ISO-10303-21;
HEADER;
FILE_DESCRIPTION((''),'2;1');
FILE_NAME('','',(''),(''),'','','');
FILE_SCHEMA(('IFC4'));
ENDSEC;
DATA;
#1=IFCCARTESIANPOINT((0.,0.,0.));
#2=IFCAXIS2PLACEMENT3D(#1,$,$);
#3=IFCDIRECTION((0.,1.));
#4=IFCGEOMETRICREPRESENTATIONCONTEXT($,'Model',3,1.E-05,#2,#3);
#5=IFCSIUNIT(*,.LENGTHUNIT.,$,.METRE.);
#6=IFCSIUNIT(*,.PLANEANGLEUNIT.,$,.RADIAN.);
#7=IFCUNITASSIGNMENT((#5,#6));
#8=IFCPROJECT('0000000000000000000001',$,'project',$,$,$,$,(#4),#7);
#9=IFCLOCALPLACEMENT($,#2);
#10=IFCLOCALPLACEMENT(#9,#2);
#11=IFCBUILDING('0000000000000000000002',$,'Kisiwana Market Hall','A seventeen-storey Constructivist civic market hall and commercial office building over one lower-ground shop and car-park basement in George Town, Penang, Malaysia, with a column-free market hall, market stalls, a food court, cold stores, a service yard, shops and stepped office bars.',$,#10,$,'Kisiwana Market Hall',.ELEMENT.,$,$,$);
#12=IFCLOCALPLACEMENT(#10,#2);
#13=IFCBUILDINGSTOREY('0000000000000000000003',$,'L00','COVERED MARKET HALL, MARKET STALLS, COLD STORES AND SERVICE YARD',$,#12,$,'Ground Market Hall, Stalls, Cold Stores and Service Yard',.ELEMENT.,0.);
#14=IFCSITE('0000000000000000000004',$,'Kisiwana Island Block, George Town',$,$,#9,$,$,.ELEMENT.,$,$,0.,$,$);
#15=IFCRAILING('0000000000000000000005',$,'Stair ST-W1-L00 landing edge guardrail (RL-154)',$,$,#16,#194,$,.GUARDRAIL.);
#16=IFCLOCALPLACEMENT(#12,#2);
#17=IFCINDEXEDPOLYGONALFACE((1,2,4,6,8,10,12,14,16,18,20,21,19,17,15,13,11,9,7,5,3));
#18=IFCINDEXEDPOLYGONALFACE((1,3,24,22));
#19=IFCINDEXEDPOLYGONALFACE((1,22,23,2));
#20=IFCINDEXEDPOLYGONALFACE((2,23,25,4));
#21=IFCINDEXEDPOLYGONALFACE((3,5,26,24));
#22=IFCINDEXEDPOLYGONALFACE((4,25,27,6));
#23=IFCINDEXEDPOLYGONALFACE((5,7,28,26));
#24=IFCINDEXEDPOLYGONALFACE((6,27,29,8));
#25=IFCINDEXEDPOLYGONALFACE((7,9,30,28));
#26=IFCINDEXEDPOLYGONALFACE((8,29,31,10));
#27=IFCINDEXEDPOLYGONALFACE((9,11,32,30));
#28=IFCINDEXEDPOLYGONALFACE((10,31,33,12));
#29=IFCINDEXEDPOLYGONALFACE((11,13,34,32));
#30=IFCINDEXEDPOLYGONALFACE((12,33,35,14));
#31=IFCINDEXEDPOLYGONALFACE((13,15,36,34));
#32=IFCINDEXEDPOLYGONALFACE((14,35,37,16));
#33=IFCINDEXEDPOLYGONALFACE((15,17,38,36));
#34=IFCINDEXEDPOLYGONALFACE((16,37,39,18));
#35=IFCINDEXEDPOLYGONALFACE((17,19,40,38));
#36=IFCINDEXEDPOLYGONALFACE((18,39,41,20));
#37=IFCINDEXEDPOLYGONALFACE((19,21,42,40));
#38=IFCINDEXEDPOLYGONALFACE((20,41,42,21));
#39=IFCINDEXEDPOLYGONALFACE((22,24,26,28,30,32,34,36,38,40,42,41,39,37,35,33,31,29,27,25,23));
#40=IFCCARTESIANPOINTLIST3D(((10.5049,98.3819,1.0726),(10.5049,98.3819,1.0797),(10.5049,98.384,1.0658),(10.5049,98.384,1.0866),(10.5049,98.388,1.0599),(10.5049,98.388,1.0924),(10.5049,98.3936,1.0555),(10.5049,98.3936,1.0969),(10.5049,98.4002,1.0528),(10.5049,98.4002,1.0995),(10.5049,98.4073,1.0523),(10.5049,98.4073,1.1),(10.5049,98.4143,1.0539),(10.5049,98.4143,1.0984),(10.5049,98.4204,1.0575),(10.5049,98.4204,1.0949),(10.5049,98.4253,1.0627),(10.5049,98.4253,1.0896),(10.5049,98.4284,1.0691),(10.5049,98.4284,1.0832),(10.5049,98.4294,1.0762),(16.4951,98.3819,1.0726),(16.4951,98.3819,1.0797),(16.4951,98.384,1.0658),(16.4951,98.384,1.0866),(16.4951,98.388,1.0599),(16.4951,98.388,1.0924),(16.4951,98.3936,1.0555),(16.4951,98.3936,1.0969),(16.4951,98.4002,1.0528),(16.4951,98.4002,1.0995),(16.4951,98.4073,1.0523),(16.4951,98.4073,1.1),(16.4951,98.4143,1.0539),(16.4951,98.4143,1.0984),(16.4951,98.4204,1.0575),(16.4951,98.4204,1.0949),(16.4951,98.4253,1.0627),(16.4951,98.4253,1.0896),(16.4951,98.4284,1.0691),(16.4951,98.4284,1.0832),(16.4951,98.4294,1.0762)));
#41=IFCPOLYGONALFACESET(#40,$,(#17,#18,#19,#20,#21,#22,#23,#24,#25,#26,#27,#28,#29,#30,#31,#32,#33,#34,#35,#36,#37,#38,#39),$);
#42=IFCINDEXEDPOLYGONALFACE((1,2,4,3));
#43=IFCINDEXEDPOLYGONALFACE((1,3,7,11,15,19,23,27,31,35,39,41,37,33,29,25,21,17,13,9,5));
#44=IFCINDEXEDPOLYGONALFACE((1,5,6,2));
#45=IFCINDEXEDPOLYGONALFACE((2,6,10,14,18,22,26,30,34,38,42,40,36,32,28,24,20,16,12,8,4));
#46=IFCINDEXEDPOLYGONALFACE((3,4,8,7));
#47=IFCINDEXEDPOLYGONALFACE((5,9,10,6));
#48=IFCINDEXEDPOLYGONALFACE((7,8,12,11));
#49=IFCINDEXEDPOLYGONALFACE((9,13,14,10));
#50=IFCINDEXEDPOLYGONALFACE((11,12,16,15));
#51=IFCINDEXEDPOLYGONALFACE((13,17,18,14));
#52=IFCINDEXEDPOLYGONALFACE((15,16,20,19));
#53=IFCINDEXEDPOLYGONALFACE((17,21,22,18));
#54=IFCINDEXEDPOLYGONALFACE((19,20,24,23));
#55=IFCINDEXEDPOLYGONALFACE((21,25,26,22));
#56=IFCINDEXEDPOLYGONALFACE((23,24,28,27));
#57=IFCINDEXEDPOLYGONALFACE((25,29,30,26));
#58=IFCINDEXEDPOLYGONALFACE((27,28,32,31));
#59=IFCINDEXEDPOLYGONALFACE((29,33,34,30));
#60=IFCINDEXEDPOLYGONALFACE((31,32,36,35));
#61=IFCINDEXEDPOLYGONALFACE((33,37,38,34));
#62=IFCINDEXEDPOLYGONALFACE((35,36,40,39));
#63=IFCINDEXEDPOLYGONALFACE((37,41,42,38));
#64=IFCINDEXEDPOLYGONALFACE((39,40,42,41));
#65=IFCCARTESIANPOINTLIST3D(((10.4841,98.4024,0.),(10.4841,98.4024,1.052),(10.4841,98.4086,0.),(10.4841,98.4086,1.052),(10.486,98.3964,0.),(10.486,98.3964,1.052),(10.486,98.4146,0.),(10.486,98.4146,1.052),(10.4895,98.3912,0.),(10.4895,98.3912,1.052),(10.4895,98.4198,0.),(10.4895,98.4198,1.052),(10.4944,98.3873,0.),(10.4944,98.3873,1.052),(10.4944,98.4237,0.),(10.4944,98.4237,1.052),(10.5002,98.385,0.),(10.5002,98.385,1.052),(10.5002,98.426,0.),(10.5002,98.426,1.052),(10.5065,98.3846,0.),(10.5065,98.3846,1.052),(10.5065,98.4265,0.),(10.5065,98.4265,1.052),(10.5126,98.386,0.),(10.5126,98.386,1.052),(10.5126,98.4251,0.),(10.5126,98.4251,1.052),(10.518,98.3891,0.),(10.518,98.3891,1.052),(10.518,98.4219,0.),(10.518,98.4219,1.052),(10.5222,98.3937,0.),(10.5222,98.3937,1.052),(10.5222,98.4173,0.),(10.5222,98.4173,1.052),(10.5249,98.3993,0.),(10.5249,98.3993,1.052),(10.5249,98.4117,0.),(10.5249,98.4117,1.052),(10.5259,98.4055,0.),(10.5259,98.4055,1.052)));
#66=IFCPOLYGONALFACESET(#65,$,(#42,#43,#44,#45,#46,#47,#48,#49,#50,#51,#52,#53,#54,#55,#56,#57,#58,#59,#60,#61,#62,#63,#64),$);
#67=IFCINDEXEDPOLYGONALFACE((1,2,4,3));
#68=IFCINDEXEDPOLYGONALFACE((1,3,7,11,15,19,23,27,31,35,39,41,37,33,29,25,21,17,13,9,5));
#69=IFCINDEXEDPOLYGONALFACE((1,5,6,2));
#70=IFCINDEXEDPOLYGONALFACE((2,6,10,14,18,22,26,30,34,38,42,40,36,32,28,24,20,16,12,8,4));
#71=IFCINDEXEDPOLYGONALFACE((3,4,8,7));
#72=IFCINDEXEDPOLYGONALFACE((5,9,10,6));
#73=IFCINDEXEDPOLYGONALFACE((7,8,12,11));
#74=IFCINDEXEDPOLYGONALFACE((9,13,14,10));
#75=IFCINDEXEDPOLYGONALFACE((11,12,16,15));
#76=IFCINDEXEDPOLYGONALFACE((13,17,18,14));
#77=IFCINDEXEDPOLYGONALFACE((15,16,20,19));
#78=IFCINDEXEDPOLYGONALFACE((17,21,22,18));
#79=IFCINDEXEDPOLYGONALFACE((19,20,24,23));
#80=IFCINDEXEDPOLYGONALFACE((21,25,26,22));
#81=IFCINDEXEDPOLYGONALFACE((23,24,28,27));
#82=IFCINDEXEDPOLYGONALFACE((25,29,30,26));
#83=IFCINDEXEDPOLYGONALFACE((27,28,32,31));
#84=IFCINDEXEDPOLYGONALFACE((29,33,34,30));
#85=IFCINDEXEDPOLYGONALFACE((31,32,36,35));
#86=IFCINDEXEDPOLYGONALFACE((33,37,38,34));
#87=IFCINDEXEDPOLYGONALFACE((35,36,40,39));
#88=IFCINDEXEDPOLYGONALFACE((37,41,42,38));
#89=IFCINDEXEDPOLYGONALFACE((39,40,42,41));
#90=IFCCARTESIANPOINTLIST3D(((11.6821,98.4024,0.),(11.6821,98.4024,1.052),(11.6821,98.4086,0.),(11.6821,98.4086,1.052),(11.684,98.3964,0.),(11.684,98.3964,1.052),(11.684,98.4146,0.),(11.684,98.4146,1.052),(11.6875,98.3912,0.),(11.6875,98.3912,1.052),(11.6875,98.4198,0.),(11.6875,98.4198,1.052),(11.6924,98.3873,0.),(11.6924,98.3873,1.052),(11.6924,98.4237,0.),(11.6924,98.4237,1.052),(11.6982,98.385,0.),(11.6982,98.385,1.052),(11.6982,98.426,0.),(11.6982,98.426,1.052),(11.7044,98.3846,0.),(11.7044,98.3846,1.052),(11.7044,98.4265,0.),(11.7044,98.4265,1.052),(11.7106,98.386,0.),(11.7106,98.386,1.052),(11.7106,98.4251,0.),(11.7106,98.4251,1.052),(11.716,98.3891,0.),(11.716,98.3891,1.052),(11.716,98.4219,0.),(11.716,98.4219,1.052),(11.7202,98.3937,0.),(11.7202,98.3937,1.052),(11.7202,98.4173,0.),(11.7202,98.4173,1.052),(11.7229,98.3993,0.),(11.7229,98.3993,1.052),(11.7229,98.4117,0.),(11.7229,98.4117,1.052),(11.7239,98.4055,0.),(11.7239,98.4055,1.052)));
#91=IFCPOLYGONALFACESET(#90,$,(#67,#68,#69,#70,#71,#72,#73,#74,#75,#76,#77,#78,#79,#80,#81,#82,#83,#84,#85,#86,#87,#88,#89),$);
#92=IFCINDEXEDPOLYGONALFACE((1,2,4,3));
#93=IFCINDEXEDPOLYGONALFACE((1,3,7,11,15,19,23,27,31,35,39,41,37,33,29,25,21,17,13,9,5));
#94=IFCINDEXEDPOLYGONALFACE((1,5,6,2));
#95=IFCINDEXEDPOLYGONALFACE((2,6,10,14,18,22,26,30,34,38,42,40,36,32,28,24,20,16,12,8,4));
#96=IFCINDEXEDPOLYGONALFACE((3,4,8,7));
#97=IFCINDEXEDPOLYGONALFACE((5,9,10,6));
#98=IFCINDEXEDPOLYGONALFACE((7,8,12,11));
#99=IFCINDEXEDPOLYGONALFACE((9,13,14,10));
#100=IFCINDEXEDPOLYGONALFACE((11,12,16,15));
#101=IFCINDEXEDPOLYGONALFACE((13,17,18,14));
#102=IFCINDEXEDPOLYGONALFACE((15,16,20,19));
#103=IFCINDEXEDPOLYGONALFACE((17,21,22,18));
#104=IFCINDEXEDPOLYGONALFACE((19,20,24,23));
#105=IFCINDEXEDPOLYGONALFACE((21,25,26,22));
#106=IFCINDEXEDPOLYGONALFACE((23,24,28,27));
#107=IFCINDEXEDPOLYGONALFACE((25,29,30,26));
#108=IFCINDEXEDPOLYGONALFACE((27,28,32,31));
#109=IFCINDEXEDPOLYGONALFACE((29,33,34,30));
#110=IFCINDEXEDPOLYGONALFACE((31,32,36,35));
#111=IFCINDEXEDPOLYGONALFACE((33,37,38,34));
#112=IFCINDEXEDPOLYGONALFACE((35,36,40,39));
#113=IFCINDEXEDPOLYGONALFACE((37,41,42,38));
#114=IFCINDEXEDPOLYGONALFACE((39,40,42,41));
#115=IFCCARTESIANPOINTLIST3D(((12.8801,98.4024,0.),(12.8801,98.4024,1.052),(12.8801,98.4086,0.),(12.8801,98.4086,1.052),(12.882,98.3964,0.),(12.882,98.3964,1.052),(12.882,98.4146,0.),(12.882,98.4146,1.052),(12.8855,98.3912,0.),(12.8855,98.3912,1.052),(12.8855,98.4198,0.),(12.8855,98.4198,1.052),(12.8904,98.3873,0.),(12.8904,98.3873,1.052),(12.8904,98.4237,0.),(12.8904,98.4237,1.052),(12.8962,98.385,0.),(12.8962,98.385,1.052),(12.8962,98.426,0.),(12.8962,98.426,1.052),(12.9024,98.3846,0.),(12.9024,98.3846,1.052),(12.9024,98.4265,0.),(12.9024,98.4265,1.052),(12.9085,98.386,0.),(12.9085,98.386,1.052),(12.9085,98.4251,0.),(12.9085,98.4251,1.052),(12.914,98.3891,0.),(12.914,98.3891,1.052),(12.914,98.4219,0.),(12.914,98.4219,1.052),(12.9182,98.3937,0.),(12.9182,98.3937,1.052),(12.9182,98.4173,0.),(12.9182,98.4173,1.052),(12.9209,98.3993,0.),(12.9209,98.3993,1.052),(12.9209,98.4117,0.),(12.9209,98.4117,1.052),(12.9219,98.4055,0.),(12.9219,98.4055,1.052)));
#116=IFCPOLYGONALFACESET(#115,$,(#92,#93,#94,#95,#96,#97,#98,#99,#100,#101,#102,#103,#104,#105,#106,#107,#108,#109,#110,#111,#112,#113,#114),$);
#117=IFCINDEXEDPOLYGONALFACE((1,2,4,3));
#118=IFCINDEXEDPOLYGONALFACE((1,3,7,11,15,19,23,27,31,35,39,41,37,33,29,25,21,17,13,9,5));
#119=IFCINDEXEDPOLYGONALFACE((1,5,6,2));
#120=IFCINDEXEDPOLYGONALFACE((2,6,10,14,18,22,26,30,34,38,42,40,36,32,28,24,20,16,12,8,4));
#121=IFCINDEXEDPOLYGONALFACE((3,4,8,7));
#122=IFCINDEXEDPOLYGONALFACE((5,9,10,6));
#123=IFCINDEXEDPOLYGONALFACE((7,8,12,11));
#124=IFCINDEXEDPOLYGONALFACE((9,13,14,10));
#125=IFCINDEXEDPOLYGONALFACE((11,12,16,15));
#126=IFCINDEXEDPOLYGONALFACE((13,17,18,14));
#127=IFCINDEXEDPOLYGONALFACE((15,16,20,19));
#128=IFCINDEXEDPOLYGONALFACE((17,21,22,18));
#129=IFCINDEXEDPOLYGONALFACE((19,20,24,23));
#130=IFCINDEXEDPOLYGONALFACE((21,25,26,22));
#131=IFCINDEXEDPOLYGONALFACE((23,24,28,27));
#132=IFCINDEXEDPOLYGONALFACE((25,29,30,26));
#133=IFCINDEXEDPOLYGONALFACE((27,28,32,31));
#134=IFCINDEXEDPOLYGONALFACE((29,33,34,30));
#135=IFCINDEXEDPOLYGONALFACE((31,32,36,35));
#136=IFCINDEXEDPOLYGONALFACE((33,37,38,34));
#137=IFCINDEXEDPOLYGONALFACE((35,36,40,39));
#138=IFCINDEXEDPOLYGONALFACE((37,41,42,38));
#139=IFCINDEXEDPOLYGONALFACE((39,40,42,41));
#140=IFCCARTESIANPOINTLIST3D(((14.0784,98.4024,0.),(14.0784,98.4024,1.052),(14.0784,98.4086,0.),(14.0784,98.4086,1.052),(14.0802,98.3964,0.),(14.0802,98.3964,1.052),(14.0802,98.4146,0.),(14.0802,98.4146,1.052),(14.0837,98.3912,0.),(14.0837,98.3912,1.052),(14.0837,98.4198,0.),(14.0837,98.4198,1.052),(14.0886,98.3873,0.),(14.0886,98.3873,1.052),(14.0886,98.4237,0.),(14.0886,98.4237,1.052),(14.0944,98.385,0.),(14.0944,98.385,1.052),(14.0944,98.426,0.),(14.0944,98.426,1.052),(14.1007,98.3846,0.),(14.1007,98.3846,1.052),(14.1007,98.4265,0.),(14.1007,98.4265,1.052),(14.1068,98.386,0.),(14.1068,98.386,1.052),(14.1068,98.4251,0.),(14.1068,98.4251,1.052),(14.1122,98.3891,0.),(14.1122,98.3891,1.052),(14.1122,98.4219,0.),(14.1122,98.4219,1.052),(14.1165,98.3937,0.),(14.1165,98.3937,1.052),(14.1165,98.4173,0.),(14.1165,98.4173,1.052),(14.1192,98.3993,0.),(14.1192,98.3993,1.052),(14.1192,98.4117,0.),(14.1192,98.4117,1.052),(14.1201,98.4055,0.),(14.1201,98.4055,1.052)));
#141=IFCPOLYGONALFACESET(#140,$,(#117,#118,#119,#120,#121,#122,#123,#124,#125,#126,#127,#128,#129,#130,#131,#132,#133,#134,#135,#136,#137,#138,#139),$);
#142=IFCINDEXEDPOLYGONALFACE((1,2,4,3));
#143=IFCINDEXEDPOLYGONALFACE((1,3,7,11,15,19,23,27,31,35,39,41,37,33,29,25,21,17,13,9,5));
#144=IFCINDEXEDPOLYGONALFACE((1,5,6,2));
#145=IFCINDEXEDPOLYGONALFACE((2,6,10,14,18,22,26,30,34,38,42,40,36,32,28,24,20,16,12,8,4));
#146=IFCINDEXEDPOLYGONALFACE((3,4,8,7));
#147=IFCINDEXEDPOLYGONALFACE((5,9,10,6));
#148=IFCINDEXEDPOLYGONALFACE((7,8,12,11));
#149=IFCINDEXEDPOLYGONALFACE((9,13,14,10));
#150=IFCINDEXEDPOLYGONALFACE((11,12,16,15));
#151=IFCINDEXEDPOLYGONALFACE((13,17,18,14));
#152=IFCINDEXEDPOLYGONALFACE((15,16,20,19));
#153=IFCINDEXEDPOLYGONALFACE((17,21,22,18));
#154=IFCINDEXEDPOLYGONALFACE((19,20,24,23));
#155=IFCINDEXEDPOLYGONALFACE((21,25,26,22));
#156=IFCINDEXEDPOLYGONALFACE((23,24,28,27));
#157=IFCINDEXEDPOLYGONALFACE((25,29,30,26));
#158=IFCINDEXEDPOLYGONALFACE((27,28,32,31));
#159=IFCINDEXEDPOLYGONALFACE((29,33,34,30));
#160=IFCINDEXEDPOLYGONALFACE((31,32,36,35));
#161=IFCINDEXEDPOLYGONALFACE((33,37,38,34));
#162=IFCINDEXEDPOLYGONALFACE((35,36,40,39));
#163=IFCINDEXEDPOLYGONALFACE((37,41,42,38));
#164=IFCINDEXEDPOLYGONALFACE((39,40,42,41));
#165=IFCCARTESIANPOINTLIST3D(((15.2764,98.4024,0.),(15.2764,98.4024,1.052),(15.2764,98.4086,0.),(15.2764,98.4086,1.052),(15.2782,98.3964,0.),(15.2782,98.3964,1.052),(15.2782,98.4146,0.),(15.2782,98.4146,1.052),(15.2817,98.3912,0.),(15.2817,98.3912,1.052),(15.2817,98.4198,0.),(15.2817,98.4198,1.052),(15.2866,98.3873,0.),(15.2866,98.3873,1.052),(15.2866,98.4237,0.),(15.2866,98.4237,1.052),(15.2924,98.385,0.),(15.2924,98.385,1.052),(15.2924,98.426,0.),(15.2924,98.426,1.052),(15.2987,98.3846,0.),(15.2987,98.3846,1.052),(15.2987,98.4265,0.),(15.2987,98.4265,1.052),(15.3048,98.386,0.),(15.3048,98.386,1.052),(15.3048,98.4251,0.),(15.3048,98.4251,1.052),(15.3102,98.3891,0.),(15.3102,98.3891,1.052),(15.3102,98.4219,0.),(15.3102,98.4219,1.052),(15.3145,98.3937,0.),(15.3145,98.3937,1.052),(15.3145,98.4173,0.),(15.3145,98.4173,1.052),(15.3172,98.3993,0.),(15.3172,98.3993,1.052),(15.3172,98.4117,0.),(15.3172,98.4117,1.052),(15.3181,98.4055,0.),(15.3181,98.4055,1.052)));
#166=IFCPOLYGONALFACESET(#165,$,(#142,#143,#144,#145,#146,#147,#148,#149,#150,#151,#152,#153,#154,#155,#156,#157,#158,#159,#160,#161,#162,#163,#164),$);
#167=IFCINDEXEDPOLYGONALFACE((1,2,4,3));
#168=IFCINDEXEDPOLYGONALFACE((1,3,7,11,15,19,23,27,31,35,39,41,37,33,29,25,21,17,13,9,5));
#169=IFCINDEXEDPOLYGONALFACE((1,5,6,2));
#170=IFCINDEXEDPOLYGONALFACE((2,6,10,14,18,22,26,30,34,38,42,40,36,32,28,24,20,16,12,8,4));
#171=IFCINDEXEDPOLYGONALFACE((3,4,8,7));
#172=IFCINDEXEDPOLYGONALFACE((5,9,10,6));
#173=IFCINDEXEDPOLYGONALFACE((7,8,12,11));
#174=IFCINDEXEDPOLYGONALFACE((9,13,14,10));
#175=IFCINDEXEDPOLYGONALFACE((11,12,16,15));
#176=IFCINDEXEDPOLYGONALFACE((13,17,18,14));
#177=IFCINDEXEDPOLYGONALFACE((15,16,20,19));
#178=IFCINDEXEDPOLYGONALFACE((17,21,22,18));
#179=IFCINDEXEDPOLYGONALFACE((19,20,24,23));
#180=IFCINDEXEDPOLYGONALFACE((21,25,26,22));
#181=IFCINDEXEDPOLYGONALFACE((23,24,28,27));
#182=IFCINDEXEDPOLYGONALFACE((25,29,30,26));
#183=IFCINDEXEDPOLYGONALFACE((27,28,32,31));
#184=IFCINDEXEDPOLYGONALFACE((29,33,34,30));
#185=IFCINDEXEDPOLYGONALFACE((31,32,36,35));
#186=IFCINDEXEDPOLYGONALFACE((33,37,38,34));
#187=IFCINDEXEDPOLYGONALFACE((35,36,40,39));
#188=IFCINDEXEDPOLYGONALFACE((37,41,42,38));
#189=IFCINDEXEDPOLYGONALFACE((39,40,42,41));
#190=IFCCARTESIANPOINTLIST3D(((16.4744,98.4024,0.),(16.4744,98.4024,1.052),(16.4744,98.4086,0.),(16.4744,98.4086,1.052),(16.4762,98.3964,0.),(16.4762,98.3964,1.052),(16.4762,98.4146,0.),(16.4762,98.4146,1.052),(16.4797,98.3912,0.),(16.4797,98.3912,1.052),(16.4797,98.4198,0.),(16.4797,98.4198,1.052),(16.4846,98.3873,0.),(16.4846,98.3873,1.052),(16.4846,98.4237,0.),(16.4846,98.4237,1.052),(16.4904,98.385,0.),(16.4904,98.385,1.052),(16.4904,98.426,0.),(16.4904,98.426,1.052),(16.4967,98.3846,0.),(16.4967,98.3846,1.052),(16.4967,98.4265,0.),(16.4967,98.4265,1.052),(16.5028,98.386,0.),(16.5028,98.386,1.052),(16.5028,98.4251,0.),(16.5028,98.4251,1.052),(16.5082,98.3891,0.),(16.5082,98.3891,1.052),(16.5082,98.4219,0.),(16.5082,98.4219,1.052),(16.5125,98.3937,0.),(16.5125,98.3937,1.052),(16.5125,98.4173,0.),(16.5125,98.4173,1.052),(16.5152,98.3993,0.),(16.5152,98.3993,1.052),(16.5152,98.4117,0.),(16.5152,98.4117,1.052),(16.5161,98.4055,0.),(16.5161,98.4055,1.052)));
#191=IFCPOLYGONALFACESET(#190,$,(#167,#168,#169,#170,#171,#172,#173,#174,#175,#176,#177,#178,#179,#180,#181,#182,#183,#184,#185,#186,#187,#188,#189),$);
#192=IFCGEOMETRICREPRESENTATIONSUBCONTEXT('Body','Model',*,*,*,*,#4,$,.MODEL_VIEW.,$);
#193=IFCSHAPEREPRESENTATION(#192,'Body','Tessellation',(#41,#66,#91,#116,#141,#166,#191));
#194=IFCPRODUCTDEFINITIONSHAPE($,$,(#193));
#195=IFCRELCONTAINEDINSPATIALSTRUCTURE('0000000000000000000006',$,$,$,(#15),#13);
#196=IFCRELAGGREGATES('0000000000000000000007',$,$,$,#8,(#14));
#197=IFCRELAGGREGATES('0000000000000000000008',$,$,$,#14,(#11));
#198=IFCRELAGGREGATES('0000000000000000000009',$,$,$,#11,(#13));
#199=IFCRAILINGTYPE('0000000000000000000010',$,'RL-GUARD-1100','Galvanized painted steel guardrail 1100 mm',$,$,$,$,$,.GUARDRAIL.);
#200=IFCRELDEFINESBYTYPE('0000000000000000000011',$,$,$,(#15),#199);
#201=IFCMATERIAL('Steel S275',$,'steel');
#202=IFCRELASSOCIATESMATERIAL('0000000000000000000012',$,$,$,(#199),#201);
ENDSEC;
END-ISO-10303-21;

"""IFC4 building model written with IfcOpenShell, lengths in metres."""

from ifc_helpers import new_model, si_unit, direction, frame, origin, origin_2d, place, context, subcontext, project, spatial, circle, extrude, material, type_object, element, save


model = new_model("IFC4")

# Units and contexts
model_context = context("Model", 3, precision=1e-05, world=origin(), true_north=direction((0.0, 1.0)))
body_context = subcontext(model_context, "Body", "Model", "MODEL_VIEW")
ifc_project = project(units=[si_unit("LENGTHUNIT", "METRE"), si_unit("PLANEANGLEUNIT", "RADIAN")], contexts=[model_context])

# Site, building, storey
site_placement = place(None, origin())
site = spatial("IfcSite", under=ifc_project, at=site_placement, Name="Kisiwana Island Block, George Town", CompositionType="ELEMENT", RefElevation=0.0)
building_placement = place(site_placement, origin())
building = spatial("IfcBuilding", under=site, at=building_placement, Name="Kisiwana Market Hall", Description="A seventeen-storey Constructivist civic market hall and commercial office building over one lower-ground shop and car-park basement in George Town, Penang, Malaysia, with a column-free market hall, market stalls, a food court, cold stores, a service yard, shops and stepped office bars.", LongName="Kisiwana Market Hall", CompositionType="ELEMENT")
storey_placement = place(building_placement, origin())
storey = spatial("IfcBuildingStorey", under=building, at=storey_placement, Name="L00", Description="COVERED MARKET HALL, MARKET STALLS, COLD STORES AND SERVICE YARD", LongName="Ground Market Hall, Stalls, Cold Stores and Service Yard", CompositionType="ELEMENT", Elevation=0.0)

# Railing
ifc_material_1 = material(Name="Steel S275", Category="steel")
railing_type_1 = type_object("IfcRailingType", Name="RL-GUARD-1100", Description="Galvanized painted steel guardrail 1100 mm", PredefinedType="GUARDRAIL", material=ifc_material_1)
railing_1_placement = place(storey_placement, frame((10.5049, 98.4055, 0.0)))
element("IfcRailing", 1, at=railing_1_placement, inside=storey, type_object=railing_type_1, Name="Stair ST-W1-L00 landing edge guardrail (RL-154)", PredefinedType="GUARDRAIL", context=body_context, shape_type="SweptSolid", body=[
    extrude(circle(Radius=0.0239, at=origin_2d()), frame((0.0, 0.0, 1.0762), z_axis=(1.0, 0.0, 0.0), x_axis=(0.0, 1.0, 0.0)), (0.0, 0.0, 1.0), 5.9902),
    extrude(circle(Radius=0.021, at=origin_2d()), origin(), (0.0, 0.0, 1.0), 1.052),
    extrude(circle(Radius=0.021, at=origin_2d()), frame((1.198, 0.0, 0.0)), (0.0, 0.0, 1.0), 1.052),
    extrude(circle(Radius=0.021, at=origin_2d()), frame((2.396, 0.0, 0.0)), (0.0, 0.0, 1.0), 1.052),
    extrude(circle(Radius=0.021, at=origin_2d()), frame((3.5942, 0.0, 0.0)), (0.0, 0.0, 1.0), 1.052),
    extrude(circle(Radius=0.021, at=origin_2d()), frame((4.7922, 0.0, 0.0)), (0.0, 0.0, 1.0), 1.052),
    extrude(circle(Radius=0.021, at=origin_2d()), frame((5.9902, 0.0, 0.0)), (0.0, 0.0, 1.0), 1.052),
])

save(model, "model.ifc")
